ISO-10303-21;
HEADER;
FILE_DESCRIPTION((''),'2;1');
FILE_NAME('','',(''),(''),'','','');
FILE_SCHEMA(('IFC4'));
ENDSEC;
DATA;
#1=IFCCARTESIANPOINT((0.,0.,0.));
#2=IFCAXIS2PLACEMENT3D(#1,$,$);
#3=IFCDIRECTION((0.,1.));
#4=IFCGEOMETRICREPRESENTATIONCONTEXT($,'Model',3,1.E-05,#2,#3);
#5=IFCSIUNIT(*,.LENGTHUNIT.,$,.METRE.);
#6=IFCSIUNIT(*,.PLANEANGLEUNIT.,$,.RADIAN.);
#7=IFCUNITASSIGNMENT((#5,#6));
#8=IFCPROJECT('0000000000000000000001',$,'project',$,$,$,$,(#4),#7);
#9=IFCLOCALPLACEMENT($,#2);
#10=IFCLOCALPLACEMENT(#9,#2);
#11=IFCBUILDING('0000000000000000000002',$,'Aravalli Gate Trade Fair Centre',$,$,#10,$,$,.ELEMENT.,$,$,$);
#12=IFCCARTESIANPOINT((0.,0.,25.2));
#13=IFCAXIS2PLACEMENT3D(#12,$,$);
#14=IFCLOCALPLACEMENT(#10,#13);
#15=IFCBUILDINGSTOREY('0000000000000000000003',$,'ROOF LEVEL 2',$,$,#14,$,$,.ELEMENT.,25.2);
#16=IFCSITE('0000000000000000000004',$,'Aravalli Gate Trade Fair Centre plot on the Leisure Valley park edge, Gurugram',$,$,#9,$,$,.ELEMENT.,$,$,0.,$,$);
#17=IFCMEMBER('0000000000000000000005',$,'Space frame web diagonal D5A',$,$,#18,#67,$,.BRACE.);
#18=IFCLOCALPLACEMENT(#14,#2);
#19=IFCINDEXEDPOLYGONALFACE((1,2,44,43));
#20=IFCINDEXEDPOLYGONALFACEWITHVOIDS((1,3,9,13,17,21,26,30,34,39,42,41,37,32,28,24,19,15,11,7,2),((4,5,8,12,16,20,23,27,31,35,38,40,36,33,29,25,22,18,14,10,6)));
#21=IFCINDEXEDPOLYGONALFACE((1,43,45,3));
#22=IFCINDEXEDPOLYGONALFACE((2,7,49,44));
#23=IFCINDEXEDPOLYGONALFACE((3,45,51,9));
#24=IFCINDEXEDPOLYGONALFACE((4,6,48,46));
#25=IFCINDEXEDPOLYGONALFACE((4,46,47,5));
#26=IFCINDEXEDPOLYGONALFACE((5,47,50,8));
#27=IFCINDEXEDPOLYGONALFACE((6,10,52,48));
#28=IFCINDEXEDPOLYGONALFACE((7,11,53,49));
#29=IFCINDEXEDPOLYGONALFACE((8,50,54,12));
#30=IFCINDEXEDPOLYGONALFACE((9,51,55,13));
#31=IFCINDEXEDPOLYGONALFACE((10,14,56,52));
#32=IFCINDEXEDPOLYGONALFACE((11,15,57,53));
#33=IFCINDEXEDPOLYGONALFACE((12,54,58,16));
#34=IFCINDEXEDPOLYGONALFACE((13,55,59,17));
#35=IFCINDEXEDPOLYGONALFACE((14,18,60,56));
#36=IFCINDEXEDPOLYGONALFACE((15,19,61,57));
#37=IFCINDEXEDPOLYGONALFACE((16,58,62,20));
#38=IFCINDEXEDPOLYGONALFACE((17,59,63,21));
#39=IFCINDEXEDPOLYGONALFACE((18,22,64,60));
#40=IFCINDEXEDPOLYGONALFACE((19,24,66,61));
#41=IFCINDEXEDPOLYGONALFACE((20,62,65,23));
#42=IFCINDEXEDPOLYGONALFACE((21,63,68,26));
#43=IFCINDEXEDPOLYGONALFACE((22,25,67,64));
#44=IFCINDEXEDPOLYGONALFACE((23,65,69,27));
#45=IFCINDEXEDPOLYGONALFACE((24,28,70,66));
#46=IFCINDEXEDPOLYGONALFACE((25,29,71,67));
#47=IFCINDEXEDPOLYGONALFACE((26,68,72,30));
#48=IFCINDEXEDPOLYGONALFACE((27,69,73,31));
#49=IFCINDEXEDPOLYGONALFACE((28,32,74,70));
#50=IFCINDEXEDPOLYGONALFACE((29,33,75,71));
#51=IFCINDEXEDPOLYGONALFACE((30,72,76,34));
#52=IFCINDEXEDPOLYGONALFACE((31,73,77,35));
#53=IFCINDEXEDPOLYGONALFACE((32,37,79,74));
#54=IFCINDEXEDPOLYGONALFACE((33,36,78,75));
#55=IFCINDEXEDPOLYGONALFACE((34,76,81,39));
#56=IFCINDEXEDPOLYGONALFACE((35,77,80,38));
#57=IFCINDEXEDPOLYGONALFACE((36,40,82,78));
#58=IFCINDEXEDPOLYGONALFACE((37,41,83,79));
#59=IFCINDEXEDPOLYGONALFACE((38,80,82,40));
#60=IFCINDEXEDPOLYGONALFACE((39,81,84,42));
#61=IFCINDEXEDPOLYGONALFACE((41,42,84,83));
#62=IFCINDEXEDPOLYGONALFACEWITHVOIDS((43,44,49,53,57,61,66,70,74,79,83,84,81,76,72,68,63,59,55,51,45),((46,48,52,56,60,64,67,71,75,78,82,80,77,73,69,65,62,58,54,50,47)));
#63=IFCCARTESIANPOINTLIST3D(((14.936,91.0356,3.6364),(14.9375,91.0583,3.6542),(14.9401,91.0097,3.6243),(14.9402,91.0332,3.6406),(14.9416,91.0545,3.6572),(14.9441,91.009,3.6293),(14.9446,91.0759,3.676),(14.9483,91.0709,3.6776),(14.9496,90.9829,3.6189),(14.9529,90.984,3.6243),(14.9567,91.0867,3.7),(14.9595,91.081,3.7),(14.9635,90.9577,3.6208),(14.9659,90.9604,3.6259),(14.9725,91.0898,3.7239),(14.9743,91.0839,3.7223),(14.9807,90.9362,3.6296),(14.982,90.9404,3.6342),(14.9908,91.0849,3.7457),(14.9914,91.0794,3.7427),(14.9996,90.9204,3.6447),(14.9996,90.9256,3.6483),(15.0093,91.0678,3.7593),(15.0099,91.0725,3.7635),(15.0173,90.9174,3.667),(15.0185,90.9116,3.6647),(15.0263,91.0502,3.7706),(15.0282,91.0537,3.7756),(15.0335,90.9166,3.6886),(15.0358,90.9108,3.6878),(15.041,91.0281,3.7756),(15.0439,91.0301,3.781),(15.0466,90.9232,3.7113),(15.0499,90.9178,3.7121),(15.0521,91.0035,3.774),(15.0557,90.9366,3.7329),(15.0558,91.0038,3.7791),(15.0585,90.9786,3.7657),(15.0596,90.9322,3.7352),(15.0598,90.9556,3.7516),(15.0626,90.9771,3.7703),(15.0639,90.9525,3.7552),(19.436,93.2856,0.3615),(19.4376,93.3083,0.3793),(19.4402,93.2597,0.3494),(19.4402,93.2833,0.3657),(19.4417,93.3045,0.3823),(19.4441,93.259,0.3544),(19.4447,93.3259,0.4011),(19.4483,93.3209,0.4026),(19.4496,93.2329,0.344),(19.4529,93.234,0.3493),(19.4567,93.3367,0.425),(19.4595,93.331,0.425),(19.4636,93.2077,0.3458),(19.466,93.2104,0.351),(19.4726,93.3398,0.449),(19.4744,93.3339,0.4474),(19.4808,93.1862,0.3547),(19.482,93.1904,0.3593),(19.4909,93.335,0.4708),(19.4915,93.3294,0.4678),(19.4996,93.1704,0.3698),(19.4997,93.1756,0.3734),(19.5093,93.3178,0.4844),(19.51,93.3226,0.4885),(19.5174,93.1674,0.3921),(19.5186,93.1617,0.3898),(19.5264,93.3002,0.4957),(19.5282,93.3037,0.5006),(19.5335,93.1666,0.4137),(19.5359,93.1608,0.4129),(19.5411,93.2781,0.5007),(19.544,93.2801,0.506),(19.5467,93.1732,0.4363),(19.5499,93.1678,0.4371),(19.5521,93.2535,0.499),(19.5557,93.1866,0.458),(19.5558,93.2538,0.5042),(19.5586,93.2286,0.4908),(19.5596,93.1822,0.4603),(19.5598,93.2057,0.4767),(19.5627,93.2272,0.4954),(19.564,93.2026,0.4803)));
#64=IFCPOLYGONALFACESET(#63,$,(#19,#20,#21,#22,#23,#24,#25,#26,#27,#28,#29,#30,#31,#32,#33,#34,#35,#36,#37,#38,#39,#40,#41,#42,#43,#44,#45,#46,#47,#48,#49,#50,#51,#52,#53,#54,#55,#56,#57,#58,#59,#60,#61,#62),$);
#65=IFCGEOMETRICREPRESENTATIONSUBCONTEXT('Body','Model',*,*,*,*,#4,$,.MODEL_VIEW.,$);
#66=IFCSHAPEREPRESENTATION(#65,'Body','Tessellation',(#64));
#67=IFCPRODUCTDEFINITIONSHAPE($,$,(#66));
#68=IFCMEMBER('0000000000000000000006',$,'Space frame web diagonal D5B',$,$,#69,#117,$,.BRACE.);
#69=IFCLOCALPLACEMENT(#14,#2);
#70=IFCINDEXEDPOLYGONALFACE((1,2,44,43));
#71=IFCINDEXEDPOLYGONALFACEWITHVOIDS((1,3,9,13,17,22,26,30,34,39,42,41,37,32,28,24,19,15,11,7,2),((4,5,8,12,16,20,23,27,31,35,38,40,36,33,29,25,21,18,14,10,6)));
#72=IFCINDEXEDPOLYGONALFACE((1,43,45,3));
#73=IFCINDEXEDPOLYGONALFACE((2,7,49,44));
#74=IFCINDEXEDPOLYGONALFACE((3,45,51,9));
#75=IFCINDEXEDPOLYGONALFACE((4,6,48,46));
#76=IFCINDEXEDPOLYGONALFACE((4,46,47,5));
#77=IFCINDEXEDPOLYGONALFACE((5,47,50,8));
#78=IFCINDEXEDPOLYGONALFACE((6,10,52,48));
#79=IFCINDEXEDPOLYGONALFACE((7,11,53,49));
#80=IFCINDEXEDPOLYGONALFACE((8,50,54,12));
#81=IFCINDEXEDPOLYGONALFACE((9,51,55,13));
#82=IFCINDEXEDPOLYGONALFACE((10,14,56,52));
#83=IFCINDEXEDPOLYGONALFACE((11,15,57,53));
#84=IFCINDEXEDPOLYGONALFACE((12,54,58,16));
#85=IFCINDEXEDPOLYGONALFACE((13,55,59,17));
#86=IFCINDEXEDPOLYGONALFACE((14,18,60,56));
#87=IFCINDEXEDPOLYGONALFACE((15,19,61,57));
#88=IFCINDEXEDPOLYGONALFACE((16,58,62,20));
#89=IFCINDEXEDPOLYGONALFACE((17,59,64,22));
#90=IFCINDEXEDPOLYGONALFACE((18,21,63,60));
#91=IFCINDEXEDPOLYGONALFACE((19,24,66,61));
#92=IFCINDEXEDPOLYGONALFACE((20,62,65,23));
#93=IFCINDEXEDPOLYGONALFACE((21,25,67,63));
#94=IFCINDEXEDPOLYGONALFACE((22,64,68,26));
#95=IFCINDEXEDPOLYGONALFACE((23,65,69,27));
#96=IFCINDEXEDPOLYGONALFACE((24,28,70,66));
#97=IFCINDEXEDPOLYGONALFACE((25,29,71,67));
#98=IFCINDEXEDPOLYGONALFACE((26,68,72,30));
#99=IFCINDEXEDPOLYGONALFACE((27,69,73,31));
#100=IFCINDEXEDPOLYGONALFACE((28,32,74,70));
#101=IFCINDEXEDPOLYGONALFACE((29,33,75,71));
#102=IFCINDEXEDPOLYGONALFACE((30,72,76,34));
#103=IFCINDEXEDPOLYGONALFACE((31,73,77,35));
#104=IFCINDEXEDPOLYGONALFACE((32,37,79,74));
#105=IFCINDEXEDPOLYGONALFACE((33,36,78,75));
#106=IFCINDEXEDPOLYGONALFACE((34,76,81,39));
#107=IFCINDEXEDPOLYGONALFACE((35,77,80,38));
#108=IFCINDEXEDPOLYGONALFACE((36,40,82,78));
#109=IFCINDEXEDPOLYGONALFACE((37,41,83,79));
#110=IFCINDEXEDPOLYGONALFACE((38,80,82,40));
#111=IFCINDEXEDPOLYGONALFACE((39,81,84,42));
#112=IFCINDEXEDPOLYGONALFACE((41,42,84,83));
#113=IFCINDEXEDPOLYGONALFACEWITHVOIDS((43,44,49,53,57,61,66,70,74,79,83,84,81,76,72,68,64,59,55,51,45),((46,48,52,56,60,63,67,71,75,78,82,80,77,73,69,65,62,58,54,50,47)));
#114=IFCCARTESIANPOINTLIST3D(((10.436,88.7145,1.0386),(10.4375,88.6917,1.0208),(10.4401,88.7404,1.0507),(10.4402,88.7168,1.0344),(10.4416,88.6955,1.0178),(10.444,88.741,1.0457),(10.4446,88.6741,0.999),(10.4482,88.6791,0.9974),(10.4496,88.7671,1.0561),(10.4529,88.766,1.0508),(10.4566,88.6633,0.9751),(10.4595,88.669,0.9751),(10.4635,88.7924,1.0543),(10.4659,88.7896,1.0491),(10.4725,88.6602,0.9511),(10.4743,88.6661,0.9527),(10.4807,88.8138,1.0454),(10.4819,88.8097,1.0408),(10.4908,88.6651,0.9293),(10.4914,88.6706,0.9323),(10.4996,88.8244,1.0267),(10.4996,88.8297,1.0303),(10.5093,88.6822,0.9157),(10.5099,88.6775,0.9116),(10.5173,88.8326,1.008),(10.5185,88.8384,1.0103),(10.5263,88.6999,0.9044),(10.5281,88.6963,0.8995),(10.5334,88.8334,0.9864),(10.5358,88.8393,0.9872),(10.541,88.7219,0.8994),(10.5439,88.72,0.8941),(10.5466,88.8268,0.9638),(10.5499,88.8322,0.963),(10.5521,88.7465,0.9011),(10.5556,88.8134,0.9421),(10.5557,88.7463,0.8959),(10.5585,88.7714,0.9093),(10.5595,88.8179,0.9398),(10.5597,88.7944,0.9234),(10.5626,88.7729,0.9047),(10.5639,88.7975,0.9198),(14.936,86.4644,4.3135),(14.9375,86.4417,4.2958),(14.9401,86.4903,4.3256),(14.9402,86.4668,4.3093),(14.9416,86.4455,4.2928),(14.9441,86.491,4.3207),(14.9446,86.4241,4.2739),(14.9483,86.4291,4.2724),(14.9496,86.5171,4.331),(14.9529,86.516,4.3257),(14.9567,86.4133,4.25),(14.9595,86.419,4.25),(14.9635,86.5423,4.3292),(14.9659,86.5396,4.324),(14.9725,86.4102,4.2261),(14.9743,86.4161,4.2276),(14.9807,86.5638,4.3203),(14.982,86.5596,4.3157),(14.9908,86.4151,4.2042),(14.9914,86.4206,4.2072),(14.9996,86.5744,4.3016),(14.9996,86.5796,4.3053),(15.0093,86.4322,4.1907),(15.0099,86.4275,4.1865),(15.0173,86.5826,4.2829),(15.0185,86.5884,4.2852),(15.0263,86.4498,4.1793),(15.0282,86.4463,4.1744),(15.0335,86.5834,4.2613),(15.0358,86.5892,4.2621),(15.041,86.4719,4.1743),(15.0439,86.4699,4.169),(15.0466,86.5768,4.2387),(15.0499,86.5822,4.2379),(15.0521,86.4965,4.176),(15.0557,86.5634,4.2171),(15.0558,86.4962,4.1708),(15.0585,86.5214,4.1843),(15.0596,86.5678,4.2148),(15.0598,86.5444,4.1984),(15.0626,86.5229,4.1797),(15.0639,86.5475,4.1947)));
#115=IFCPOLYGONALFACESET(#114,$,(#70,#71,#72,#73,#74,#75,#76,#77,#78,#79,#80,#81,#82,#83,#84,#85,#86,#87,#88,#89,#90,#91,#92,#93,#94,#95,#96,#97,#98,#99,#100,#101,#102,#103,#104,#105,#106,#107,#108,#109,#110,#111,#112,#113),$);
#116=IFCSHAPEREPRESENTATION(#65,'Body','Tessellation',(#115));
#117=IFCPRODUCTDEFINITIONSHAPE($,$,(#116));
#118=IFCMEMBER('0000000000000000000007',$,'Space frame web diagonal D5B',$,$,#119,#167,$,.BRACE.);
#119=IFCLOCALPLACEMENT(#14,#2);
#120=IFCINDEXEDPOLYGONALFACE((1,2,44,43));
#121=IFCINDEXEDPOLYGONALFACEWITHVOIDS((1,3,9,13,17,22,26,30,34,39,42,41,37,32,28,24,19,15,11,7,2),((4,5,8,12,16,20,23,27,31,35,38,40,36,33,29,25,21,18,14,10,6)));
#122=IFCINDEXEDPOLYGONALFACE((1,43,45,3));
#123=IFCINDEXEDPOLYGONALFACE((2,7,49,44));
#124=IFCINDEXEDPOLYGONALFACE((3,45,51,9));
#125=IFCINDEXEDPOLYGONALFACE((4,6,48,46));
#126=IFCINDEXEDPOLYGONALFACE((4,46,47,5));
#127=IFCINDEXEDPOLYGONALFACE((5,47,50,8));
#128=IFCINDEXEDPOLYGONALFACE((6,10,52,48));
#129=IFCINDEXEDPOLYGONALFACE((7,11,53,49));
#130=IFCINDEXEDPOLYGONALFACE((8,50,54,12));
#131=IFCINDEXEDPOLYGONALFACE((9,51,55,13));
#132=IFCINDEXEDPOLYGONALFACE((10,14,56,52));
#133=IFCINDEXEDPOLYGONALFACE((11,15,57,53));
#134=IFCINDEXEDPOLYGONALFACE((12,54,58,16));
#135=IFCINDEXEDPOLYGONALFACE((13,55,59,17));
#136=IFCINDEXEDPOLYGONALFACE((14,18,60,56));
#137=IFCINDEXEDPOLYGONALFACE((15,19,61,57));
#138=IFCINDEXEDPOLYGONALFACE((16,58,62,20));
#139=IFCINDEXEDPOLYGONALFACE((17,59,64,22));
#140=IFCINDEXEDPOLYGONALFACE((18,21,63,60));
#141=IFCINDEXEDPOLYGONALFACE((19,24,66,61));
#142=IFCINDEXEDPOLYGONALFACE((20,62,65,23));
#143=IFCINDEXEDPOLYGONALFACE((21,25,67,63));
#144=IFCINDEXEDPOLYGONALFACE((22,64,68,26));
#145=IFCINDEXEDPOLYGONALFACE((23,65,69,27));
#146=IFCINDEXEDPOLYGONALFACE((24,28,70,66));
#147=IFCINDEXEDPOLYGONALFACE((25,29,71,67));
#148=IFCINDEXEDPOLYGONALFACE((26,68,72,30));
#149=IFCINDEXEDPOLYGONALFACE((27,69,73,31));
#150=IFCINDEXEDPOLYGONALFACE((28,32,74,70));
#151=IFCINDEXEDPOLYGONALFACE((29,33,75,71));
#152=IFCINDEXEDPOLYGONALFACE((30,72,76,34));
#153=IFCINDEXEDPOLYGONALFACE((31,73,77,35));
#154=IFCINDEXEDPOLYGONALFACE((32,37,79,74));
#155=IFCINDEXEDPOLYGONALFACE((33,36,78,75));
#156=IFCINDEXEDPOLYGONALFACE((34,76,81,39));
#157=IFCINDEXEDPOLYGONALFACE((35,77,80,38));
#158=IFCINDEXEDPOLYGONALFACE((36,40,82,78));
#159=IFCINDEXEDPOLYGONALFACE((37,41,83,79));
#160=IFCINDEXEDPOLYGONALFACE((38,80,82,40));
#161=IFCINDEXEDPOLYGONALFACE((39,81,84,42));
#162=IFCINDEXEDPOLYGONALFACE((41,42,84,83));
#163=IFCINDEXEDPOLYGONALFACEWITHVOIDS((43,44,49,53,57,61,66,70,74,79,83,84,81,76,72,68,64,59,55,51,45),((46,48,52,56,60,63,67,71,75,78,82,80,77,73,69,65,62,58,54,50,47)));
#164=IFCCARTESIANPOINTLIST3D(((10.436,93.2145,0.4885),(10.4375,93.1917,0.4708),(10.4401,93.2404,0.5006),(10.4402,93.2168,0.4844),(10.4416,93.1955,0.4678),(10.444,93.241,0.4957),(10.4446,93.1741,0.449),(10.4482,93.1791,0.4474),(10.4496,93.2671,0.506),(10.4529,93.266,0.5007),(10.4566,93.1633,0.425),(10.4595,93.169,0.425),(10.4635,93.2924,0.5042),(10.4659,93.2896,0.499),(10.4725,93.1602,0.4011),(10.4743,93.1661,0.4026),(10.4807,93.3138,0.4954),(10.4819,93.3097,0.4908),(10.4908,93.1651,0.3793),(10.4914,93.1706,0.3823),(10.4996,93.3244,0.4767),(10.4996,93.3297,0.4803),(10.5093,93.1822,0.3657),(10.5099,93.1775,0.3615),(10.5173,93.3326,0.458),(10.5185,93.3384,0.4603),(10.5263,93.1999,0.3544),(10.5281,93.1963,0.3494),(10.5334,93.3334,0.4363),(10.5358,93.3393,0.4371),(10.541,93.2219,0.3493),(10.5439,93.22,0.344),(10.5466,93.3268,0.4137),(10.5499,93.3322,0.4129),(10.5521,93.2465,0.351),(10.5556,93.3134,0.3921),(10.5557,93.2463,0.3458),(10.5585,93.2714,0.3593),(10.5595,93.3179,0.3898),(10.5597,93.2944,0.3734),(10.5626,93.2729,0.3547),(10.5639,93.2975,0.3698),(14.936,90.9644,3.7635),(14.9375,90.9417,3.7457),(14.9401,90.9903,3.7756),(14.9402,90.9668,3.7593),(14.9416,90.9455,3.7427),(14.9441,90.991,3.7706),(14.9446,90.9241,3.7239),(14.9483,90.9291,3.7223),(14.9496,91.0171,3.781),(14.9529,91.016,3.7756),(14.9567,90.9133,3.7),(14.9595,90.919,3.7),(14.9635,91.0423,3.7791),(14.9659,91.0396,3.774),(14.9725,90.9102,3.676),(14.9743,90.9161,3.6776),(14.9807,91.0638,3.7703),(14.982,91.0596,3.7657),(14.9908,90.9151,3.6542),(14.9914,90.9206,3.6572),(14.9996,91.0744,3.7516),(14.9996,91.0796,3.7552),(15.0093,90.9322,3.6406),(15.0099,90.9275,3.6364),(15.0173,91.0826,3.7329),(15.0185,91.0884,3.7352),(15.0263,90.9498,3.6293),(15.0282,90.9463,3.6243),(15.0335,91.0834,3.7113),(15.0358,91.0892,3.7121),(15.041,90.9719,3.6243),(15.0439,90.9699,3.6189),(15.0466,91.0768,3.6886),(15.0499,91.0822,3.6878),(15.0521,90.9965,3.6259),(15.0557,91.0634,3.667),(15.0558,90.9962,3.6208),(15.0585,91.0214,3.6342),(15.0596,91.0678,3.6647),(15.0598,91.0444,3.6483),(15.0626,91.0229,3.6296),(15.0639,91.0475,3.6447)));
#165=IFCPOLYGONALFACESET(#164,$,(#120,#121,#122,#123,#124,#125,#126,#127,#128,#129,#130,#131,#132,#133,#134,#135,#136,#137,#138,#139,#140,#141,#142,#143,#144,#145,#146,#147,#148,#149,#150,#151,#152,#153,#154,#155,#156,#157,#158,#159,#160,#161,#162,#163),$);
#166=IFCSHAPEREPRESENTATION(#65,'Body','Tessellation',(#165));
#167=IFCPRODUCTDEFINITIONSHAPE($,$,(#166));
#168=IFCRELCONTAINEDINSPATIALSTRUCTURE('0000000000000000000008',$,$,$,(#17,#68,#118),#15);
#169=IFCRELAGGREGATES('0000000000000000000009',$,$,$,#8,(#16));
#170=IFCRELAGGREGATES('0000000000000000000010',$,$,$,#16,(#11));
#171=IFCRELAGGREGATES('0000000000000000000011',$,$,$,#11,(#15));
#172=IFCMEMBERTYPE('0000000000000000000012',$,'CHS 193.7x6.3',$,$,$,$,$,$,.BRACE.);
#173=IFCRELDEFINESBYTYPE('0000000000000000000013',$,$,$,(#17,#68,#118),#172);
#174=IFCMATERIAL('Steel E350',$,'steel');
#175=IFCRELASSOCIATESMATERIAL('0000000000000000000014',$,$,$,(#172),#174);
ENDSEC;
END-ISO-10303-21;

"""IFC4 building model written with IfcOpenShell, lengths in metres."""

from ifc_helpers import new_model, si_unit, direction, frame, origin, origin_2d, place, context, subcontext, project, spatial, hollow_circle, extrude, material, material_profile, profile_set, type_object, element, save


model = new_model("IFC4")

# Units and contexts
model_context = context("Model", 3, precision=1e-05, world=origin(), true_north=direction((0.0, 1.0)))
body_context = subcontext(model_context, "Body", "Model", "MODEL_VIEW")
ifc_project = project(units=[si_unit("LENGTHUNIT", "METRE"), si_unit("PLANEANGLEUNIT", "RADIAN")], contexts=[model_context])

# Site, building, storey
site_placement = place(None, origin())
site = spatial("IfcSite", under=ifc_project, at=site_placement, Name="Aravalli Gate Trade Fair Centre plot on the Leisure Valley park edge, Gurugram", CompositionType="ELEMENT", RefElevation=0.0)
building_placement = place(site_placement, origin())
building = spatial("IfcBuilding", under=site, at=building_placement, Name="Aravalli Gate Trade Fair Centre", CompositionType="ELEMENT")
storey_placement = place(building_placement, frame((0.0, 0.0, 25.2)))
storey = spatial("IfcBuildingStorey", under=building, at=storey_placement, Name="ROOF LEVEL 2", CompositionType="ELEMENT", Elevation=25.2)

# Members
ifc_material_1 = material(Name="Steel E350", Category="steel")
ifc_material_profile_1 = material_profile(ifc_material_1, hollow_circle(Radius=0.0969, WallThickness=0.0063, at=origin_2d()), Name="CHS 193.7x6.3")
ifc_profile_set_1 = profile_set([ifc_material_profile_1], Name="Steel E350")
member_type_1 = type_object("IfcMemberType", Name="CHS 193.7x6.3", PredefinedType="BRACE", material=ifc_profile_set_1)
for number, where, z_axis, x_axis, name in (
    (1, (15.0, 91.0, 3.7), (0.74961, 0.374805, -0.545533), (-0.447214, 0.894427, 0.0), "Space frame web diagonal D5A"),
    (2, (15.0, 86.5, 4.25), (-0.74961, 0.374805, -0.545533), (-0.447214, -0.894427, 0.0), "Space frame web diagonal D5B"),
    (3, (15.0, 91.0, 3.7), (-0.74961, 0.374805, -0.545533), (-0.447214, -0.894427, 0.0), "Space frame web diagonal D5B"),
):
    element("IfcMember", number, at=place(storey_placement, frame(where, z_axis=z_axis, x_axis=x_axis)), inside=storey, type_object=member_type_1, Name=name, PredefinedType="BRACE", context=body_context, shape_type="SweptSolid", body=[
        extrude(hollow_circle(Radius=0.0969, WallThickness=0.0063, at=origin_2d()), origin(), (0.0, 0.0, 1.0), 6.0032),
    ])

save(model, "model.ifc")
